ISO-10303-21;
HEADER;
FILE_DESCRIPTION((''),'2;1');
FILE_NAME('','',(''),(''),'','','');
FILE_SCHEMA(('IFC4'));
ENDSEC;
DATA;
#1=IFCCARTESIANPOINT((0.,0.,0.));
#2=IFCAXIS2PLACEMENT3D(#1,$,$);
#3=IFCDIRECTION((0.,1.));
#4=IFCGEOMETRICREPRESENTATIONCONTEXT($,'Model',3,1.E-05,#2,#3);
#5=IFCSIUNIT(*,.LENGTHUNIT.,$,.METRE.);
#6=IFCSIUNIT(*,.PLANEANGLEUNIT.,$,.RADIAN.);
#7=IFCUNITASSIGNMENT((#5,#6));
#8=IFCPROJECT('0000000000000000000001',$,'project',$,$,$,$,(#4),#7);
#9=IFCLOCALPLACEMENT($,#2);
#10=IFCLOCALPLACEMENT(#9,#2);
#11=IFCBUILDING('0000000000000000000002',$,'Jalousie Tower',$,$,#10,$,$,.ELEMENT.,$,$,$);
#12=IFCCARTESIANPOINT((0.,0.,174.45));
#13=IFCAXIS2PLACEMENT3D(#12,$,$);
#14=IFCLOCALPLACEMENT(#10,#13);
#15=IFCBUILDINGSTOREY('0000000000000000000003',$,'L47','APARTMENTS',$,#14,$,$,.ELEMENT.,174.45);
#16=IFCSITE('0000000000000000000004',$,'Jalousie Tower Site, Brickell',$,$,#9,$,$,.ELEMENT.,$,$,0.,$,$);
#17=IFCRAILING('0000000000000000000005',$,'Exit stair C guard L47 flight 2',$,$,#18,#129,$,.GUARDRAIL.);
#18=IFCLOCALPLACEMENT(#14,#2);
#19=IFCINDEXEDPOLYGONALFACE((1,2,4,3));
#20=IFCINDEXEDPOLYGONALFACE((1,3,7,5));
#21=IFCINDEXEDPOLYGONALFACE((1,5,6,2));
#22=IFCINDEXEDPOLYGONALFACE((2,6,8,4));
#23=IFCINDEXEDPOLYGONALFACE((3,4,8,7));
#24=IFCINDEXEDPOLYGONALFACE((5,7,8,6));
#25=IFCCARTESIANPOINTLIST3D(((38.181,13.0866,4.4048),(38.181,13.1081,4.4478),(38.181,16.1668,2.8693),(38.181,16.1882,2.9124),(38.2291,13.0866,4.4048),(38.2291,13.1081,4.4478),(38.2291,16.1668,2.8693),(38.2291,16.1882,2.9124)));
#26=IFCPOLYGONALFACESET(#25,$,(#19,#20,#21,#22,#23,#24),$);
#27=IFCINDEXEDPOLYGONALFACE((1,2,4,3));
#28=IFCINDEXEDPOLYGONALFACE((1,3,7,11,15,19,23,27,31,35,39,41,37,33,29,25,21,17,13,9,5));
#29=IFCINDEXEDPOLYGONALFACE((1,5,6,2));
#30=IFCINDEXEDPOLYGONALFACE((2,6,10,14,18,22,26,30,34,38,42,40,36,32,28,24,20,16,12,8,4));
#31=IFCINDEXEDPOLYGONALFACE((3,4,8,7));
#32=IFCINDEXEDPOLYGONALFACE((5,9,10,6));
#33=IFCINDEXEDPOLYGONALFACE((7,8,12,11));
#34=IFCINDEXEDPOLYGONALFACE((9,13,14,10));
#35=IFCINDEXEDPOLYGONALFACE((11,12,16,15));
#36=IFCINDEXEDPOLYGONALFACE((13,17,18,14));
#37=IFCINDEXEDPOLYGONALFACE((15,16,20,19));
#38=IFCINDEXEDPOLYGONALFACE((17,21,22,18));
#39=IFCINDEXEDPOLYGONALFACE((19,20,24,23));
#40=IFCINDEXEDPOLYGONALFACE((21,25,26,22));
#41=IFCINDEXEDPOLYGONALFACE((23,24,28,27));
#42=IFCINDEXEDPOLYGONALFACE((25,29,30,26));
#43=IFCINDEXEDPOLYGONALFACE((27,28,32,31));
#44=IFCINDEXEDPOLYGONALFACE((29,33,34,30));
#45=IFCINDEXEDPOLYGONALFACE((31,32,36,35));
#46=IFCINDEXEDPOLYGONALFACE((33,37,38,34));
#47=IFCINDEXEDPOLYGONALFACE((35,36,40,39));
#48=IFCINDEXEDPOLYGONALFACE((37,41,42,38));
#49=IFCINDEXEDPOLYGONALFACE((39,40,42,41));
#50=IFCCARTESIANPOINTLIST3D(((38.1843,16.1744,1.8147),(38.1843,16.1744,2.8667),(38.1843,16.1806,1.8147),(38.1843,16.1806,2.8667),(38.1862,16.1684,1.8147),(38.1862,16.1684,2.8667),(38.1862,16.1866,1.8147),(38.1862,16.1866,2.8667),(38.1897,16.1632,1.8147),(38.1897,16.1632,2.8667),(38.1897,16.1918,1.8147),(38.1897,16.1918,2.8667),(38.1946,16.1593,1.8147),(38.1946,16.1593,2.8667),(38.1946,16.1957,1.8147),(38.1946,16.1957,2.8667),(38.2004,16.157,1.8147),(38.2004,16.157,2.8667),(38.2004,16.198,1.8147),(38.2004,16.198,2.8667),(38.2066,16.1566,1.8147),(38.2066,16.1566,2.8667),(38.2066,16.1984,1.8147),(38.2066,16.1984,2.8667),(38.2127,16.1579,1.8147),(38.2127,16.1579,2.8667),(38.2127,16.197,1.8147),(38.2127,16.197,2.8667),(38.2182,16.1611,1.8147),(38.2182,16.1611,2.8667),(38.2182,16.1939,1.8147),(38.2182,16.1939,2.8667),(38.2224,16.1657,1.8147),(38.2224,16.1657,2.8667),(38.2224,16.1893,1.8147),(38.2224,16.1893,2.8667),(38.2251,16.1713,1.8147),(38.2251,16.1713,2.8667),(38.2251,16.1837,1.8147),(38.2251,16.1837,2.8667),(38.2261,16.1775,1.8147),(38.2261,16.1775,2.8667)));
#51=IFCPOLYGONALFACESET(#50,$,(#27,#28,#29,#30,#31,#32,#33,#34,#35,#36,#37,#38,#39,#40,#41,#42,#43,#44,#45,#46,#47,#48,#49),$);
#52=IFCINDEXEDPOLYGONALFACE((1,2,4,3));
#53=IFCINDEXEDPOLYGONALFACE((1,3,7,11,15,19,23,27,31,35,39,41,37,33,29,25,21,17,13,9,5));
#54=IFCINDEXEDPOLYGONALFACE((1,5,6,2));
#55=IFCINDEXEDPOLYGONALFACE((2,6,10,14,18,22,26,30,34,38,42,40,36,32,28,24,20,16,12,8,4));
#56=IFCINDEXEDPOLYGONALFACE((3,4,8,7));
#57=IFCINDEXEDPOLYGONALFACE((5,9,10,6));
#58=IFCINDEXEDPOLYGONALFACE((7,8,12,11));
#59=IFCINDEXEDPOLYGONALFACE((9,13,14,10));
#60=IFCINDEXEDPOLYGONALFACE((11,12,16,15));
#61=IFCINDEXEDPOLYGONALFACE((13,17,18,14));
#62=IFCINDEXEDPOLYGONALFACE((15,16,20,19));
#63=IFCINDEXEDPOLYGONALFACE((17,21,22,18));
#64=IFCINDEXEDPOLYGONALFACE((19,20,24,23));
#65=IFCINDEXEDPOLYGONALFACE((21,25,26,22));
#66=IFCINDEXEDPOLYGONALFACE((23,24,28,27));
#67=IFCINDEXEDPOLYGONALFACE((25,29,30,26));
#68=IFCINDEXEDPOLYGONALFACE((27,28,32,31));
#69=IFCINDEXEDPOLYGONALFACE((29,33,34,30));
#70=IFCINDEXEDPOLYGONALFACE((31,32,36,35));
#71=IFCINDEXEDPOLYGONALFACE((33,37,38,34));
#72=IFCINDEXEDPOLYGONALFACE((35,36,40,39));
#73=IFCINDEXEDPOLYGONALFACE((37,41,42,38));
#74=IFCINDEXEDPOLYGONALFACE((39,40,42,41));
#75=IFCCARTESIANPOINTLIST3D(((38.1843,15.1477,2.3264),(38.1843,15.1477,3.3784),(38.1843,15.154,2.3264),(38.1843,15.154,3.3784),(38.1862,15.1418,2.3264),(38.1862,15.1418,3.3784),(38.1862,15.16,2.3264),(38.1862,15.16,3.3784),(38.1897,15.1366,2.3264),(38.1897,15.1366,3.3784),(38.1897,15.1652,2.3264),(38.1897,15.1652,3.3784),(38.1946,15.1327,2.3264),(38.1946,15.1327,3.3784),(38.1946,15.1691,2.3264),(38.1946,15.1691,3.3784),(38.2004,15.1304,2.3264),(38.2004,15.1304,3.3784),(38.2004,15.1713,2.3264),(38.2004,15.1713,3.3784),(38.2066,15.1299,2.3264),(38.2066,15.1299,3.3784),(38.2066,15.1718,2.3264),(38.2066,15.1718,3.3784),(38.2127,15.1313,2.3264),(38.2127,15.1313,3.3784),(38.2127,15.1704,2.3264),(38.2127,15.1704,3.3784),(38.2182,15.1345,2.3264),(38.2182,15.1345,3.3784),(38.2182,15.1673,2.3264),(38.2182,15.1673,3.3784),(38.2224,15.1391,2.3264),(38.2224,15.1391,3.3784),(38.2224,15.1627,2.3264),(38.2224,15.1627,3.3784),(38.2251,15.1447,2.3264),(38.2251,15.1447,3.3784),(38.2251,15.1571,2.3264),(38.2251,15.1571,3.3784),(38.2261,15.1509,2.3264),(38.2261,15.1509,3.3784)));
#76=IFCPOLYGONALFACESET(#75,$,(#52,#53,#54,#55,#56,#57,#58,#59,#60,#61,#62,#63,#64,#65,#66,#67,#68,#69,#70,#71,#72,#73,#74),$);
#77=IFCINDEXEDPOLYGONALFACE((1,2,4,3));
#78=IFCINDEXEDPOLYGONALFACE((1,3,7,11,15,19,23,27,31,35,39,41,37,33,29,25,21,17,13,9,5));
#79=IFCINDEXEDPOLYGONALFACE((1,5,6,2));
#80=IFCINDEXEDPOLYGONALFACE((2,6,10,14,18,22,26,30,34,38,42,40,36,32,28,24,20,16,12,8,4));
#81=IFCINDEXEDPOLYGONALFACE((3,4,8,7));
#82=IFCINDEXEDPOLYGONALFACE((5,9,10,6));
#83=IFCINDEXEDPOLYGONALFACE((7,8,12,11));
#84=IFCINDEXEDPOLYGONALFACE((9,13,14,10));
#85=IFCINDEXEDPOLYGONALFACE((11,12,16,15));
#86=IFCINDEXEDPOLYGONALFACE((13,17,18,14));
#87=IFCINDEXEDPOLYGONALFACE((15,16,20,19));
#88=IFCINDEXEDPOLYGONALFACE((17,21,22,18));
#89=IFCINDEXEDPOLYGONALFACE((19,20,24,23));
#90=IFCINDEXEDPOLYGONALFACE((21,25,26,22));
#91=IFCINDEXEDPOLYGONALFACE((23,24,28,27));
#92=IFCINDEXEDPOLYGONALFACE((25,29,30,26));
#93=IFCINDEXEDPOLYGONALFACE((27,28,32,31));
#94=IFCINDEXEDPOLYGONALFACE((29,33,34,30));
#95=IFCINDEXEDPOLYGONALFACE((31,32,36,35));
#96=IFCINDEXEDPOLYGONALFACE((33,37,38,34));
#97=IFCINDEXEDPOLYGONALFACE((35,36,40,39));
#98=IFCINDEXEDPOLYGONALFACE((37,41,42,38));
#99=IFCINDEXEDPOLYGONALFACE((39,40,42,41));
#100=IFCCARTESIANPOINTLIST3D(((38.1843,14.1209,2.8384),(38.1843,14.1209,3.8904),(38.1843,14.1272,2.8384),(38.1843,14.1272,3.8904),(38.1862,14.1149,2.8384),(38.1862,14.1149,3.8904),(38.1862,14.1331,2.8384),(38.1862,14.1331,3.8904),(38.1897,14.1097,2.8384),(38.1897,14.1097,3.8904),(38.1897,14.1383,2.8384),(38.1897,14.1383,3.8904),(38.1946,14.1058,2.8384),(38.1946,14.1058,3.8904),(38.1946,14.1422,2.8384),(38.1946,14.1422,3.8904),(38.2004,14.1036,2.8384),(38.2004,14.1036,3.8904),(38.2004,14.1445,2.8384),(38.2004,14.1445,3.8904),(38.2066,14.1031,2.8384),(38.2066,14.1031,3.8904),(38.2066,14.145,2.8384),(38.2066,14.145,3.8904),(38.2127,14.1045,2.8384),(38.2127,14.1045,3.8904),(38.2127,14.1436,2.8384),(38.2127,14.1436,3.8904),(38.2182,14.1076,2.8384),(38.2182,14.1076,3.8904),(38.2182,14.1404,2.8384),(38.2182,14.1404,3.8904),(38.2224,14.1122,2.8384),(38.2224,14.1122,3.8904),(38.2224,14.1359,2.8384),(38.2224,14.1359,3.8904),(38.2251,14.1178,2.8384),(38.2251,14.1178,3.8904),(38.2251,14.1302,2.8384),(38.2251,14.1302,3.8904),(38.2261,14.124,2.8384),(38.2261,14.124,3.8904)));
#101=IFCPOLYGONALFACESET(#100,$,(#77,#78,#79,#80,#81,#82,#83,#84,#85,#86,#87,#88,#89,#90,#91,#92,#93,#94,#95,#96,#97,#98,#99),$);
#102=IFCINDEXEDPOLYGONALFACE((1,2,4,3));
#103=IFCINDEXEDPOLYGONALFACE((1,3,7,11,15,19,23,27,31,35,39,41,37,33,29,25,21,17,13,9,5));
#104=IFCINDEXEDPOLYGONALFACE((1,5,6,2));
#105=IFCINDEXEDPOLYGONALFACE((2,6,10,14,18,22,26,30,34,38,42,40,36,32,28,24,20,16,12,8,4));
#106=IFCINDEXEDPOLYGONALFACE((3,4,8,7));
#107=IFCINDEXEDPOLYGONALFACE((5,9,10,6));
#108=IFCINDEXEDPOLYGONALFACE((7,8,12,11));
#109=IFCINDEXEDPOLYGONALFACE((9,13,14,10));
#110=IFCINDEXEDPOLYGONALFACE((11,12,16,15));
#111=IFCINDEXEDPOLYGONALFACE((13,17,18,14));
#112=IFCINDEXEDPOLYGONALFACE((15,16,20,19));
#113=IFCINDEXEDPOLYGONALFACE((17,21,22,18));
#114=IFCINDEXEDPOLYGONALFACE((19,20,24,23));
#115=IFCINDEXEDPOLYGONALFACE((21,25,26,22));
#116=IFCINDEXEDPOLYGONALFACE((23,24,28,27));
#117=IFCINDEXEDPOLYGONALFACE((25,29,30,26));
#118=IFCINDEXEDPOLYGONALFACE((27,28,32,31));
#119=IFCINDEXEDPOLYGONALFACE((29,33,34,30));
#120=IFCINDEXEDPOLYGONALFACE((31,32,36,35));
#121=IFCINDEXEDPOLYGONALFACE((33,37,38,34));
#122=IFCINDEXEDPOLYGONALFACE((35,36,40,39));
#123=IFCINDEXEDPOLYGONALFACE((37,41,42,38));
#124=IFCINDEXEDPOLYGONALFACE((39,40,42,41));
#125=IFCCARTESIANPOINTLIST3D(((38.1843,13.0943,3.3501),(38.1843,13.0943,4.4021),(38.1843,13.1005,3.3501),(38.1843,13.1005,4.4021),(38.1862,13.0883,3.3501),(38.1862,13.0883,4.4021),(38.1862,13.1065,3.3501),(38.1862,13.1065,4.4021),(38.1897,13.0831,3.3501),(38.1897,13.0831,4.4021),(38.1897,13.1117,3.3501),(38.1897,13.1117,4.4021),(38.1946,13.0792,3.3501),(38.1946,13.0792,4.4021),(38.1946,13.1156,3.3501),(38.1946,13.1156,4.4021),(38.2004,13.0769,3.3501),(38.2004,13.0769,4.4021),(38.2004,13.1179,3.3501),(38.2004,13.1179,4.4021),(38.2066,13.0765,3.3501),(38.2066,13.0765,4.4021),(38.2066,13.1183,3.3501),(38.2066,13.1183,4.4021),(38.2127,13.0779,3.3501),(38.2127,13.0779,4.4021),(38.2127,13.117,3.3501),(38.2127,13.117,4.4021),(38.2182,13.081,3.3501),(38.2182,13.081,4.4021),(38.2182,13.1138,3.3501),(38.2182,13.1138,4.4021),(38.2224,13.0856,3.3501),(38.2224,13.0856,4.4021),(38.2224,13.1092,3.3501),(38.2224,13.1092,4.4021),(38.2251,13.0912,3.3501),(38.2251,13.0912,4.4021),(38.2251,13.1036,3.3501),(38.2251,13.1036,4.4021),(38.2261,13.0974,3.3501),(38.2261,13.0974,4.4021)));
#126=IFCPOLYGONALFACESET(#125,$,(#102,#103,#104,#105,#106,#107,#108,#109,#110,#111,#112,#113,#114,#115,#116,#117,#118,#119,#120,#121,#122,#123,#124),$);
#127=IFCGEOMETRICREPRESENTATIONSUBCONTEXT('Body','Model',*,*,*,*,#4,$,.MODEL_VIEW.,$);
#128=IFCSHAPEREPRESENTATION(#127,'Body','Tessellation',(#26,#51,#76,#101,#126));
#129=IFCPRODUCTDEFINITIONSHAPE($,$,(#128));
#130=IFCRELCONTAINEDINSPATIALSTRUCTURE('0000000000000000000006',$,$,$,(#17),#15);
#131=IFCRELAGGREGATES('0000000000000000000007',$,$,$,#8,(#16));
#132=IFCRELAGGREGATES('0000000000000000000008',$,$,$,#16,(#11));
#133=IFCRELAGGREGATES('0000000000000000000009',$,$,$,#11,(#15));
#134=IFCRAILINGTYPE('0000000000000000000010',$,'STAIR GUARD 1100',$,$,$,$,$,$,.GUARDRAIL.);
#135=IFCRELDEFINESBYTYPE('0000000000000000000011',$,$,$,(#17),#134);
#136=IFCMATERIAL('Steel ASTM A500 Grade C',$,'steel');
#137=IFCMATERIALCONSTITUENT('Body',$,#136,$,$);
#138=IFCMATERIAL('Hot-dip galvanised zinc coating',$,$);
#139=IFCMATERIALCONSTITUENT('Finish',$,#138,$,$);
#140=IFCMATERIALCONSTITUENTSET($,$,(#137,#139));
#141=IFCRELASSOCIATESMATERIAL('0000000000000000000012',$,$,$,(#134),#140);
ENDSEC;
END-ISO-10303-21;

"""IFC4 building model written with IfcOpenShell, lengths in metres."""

from ifc_helpers import new_model, si_unit, direction, frame, origin, origin_2d, place, context, subcontext, project, spatial, rectangle, circle, extrude, material, constituent, constituent_set, type_object, element, save


model = new_model("IFC4")

# Units and contexts
model_context = context("Model", 3, precision=1e-05, world=origin(), true_north=direction((0.0, 1.0)))
body_context = subcontext(model_context, "Body", "Model", "MODEL_VIEW")
ifc_project = project(units=[si_unit("LENGTHUNIT", "METRE"), si_unit("PLANEANGLEUNIT", "RADIAN")], contexts=[model_context])

# Site, building, storey
site_placement = place(None, origin())
site = spatial("IfcSite", under=ifc_project, at=site_placement, Name="Jalousie Tower Site, Brickell", CompositionType="ELEMENT", RefElevation=0.0)
building_placement = place(site_placement, origin())
building = spatial("IfcBuilding", under=site, at=building_placement, Name="Jalousie Tower", CompositionType="ELEMENT")
storey_placement = place(building_placement, frame((0.0, 0.0, 174.45)))
storey = spatial("IfcBuildingStorey", under=building, at=storey_placement, Name="L47", Description="APARTMENTS", CompositionType="ELEMENT", Elevation=174.45)

# Railing
ifc_material_1 = material(Name="Steel ASTM A500 Grade C", Category="steel")
ifc_constituent_1 = constituent(ifc_material_1, Name="Body")
ifc_material_2 = material(Name="Hot-dip galvanised zinc coating")
ifc_constituent_2 = constituent(ifc_material_2, Name="Finish")
ifc_constituent_set_1 = constituent_set(constituents=[ifc_constituent_1, ifc_constituent_2])
railing_type_1 = type_object("IfcRailingType", Name="STAIR GUARD 1100", PredefinedType="GUARDRAIL", material=ifc_constituent_set_1)
railing_1_placement = place(storey_placement, frame((38.2051, 16.1775, 1.8147)))
element("IfcRailing", 1, at=railing_1_placement, inside=storey, type_object=railing_type_1, Name="Exit stair C guard L47 flight 2", PredefinedType="GUARDRAIL", context=body_context, shape_type="SweptSolid", body=[
    extrude(rectangle(XDim=0.0481, YDim=0.0481, at=origin_2d()), frame((0.0, 0.0, 1.0762), z_axis=(0.0, -0.894966, 0.446135), x_axis=(1.0, 0.0, 0.0)), (0.0, 0.0, 1.0), 3.4417),
    extrude(circle(Radius=0.021, at=origin_2d()), origin(), (0.0, 0.0, 1.0), 1.052),
    extrude(circle(Radius=0.021, at=origin_2d()), frame((0.0, -1.0266, 0.5117)), (0.0, 0.0, 1.0), 1.052),
    extrude(circle(Radius=0.021, at=origin_2d()), frame((0.0, -2.0535, 1.0237)), (0.0, 0.0, 1.0), 1.052),
    extrude(circle(Radius=0.021, at=origin_2d()), frame((0.0, -3.0801, 1.5354)), (0.0, 0.0, 1.0), 1.052),
])

save(model, "model.ifc")
